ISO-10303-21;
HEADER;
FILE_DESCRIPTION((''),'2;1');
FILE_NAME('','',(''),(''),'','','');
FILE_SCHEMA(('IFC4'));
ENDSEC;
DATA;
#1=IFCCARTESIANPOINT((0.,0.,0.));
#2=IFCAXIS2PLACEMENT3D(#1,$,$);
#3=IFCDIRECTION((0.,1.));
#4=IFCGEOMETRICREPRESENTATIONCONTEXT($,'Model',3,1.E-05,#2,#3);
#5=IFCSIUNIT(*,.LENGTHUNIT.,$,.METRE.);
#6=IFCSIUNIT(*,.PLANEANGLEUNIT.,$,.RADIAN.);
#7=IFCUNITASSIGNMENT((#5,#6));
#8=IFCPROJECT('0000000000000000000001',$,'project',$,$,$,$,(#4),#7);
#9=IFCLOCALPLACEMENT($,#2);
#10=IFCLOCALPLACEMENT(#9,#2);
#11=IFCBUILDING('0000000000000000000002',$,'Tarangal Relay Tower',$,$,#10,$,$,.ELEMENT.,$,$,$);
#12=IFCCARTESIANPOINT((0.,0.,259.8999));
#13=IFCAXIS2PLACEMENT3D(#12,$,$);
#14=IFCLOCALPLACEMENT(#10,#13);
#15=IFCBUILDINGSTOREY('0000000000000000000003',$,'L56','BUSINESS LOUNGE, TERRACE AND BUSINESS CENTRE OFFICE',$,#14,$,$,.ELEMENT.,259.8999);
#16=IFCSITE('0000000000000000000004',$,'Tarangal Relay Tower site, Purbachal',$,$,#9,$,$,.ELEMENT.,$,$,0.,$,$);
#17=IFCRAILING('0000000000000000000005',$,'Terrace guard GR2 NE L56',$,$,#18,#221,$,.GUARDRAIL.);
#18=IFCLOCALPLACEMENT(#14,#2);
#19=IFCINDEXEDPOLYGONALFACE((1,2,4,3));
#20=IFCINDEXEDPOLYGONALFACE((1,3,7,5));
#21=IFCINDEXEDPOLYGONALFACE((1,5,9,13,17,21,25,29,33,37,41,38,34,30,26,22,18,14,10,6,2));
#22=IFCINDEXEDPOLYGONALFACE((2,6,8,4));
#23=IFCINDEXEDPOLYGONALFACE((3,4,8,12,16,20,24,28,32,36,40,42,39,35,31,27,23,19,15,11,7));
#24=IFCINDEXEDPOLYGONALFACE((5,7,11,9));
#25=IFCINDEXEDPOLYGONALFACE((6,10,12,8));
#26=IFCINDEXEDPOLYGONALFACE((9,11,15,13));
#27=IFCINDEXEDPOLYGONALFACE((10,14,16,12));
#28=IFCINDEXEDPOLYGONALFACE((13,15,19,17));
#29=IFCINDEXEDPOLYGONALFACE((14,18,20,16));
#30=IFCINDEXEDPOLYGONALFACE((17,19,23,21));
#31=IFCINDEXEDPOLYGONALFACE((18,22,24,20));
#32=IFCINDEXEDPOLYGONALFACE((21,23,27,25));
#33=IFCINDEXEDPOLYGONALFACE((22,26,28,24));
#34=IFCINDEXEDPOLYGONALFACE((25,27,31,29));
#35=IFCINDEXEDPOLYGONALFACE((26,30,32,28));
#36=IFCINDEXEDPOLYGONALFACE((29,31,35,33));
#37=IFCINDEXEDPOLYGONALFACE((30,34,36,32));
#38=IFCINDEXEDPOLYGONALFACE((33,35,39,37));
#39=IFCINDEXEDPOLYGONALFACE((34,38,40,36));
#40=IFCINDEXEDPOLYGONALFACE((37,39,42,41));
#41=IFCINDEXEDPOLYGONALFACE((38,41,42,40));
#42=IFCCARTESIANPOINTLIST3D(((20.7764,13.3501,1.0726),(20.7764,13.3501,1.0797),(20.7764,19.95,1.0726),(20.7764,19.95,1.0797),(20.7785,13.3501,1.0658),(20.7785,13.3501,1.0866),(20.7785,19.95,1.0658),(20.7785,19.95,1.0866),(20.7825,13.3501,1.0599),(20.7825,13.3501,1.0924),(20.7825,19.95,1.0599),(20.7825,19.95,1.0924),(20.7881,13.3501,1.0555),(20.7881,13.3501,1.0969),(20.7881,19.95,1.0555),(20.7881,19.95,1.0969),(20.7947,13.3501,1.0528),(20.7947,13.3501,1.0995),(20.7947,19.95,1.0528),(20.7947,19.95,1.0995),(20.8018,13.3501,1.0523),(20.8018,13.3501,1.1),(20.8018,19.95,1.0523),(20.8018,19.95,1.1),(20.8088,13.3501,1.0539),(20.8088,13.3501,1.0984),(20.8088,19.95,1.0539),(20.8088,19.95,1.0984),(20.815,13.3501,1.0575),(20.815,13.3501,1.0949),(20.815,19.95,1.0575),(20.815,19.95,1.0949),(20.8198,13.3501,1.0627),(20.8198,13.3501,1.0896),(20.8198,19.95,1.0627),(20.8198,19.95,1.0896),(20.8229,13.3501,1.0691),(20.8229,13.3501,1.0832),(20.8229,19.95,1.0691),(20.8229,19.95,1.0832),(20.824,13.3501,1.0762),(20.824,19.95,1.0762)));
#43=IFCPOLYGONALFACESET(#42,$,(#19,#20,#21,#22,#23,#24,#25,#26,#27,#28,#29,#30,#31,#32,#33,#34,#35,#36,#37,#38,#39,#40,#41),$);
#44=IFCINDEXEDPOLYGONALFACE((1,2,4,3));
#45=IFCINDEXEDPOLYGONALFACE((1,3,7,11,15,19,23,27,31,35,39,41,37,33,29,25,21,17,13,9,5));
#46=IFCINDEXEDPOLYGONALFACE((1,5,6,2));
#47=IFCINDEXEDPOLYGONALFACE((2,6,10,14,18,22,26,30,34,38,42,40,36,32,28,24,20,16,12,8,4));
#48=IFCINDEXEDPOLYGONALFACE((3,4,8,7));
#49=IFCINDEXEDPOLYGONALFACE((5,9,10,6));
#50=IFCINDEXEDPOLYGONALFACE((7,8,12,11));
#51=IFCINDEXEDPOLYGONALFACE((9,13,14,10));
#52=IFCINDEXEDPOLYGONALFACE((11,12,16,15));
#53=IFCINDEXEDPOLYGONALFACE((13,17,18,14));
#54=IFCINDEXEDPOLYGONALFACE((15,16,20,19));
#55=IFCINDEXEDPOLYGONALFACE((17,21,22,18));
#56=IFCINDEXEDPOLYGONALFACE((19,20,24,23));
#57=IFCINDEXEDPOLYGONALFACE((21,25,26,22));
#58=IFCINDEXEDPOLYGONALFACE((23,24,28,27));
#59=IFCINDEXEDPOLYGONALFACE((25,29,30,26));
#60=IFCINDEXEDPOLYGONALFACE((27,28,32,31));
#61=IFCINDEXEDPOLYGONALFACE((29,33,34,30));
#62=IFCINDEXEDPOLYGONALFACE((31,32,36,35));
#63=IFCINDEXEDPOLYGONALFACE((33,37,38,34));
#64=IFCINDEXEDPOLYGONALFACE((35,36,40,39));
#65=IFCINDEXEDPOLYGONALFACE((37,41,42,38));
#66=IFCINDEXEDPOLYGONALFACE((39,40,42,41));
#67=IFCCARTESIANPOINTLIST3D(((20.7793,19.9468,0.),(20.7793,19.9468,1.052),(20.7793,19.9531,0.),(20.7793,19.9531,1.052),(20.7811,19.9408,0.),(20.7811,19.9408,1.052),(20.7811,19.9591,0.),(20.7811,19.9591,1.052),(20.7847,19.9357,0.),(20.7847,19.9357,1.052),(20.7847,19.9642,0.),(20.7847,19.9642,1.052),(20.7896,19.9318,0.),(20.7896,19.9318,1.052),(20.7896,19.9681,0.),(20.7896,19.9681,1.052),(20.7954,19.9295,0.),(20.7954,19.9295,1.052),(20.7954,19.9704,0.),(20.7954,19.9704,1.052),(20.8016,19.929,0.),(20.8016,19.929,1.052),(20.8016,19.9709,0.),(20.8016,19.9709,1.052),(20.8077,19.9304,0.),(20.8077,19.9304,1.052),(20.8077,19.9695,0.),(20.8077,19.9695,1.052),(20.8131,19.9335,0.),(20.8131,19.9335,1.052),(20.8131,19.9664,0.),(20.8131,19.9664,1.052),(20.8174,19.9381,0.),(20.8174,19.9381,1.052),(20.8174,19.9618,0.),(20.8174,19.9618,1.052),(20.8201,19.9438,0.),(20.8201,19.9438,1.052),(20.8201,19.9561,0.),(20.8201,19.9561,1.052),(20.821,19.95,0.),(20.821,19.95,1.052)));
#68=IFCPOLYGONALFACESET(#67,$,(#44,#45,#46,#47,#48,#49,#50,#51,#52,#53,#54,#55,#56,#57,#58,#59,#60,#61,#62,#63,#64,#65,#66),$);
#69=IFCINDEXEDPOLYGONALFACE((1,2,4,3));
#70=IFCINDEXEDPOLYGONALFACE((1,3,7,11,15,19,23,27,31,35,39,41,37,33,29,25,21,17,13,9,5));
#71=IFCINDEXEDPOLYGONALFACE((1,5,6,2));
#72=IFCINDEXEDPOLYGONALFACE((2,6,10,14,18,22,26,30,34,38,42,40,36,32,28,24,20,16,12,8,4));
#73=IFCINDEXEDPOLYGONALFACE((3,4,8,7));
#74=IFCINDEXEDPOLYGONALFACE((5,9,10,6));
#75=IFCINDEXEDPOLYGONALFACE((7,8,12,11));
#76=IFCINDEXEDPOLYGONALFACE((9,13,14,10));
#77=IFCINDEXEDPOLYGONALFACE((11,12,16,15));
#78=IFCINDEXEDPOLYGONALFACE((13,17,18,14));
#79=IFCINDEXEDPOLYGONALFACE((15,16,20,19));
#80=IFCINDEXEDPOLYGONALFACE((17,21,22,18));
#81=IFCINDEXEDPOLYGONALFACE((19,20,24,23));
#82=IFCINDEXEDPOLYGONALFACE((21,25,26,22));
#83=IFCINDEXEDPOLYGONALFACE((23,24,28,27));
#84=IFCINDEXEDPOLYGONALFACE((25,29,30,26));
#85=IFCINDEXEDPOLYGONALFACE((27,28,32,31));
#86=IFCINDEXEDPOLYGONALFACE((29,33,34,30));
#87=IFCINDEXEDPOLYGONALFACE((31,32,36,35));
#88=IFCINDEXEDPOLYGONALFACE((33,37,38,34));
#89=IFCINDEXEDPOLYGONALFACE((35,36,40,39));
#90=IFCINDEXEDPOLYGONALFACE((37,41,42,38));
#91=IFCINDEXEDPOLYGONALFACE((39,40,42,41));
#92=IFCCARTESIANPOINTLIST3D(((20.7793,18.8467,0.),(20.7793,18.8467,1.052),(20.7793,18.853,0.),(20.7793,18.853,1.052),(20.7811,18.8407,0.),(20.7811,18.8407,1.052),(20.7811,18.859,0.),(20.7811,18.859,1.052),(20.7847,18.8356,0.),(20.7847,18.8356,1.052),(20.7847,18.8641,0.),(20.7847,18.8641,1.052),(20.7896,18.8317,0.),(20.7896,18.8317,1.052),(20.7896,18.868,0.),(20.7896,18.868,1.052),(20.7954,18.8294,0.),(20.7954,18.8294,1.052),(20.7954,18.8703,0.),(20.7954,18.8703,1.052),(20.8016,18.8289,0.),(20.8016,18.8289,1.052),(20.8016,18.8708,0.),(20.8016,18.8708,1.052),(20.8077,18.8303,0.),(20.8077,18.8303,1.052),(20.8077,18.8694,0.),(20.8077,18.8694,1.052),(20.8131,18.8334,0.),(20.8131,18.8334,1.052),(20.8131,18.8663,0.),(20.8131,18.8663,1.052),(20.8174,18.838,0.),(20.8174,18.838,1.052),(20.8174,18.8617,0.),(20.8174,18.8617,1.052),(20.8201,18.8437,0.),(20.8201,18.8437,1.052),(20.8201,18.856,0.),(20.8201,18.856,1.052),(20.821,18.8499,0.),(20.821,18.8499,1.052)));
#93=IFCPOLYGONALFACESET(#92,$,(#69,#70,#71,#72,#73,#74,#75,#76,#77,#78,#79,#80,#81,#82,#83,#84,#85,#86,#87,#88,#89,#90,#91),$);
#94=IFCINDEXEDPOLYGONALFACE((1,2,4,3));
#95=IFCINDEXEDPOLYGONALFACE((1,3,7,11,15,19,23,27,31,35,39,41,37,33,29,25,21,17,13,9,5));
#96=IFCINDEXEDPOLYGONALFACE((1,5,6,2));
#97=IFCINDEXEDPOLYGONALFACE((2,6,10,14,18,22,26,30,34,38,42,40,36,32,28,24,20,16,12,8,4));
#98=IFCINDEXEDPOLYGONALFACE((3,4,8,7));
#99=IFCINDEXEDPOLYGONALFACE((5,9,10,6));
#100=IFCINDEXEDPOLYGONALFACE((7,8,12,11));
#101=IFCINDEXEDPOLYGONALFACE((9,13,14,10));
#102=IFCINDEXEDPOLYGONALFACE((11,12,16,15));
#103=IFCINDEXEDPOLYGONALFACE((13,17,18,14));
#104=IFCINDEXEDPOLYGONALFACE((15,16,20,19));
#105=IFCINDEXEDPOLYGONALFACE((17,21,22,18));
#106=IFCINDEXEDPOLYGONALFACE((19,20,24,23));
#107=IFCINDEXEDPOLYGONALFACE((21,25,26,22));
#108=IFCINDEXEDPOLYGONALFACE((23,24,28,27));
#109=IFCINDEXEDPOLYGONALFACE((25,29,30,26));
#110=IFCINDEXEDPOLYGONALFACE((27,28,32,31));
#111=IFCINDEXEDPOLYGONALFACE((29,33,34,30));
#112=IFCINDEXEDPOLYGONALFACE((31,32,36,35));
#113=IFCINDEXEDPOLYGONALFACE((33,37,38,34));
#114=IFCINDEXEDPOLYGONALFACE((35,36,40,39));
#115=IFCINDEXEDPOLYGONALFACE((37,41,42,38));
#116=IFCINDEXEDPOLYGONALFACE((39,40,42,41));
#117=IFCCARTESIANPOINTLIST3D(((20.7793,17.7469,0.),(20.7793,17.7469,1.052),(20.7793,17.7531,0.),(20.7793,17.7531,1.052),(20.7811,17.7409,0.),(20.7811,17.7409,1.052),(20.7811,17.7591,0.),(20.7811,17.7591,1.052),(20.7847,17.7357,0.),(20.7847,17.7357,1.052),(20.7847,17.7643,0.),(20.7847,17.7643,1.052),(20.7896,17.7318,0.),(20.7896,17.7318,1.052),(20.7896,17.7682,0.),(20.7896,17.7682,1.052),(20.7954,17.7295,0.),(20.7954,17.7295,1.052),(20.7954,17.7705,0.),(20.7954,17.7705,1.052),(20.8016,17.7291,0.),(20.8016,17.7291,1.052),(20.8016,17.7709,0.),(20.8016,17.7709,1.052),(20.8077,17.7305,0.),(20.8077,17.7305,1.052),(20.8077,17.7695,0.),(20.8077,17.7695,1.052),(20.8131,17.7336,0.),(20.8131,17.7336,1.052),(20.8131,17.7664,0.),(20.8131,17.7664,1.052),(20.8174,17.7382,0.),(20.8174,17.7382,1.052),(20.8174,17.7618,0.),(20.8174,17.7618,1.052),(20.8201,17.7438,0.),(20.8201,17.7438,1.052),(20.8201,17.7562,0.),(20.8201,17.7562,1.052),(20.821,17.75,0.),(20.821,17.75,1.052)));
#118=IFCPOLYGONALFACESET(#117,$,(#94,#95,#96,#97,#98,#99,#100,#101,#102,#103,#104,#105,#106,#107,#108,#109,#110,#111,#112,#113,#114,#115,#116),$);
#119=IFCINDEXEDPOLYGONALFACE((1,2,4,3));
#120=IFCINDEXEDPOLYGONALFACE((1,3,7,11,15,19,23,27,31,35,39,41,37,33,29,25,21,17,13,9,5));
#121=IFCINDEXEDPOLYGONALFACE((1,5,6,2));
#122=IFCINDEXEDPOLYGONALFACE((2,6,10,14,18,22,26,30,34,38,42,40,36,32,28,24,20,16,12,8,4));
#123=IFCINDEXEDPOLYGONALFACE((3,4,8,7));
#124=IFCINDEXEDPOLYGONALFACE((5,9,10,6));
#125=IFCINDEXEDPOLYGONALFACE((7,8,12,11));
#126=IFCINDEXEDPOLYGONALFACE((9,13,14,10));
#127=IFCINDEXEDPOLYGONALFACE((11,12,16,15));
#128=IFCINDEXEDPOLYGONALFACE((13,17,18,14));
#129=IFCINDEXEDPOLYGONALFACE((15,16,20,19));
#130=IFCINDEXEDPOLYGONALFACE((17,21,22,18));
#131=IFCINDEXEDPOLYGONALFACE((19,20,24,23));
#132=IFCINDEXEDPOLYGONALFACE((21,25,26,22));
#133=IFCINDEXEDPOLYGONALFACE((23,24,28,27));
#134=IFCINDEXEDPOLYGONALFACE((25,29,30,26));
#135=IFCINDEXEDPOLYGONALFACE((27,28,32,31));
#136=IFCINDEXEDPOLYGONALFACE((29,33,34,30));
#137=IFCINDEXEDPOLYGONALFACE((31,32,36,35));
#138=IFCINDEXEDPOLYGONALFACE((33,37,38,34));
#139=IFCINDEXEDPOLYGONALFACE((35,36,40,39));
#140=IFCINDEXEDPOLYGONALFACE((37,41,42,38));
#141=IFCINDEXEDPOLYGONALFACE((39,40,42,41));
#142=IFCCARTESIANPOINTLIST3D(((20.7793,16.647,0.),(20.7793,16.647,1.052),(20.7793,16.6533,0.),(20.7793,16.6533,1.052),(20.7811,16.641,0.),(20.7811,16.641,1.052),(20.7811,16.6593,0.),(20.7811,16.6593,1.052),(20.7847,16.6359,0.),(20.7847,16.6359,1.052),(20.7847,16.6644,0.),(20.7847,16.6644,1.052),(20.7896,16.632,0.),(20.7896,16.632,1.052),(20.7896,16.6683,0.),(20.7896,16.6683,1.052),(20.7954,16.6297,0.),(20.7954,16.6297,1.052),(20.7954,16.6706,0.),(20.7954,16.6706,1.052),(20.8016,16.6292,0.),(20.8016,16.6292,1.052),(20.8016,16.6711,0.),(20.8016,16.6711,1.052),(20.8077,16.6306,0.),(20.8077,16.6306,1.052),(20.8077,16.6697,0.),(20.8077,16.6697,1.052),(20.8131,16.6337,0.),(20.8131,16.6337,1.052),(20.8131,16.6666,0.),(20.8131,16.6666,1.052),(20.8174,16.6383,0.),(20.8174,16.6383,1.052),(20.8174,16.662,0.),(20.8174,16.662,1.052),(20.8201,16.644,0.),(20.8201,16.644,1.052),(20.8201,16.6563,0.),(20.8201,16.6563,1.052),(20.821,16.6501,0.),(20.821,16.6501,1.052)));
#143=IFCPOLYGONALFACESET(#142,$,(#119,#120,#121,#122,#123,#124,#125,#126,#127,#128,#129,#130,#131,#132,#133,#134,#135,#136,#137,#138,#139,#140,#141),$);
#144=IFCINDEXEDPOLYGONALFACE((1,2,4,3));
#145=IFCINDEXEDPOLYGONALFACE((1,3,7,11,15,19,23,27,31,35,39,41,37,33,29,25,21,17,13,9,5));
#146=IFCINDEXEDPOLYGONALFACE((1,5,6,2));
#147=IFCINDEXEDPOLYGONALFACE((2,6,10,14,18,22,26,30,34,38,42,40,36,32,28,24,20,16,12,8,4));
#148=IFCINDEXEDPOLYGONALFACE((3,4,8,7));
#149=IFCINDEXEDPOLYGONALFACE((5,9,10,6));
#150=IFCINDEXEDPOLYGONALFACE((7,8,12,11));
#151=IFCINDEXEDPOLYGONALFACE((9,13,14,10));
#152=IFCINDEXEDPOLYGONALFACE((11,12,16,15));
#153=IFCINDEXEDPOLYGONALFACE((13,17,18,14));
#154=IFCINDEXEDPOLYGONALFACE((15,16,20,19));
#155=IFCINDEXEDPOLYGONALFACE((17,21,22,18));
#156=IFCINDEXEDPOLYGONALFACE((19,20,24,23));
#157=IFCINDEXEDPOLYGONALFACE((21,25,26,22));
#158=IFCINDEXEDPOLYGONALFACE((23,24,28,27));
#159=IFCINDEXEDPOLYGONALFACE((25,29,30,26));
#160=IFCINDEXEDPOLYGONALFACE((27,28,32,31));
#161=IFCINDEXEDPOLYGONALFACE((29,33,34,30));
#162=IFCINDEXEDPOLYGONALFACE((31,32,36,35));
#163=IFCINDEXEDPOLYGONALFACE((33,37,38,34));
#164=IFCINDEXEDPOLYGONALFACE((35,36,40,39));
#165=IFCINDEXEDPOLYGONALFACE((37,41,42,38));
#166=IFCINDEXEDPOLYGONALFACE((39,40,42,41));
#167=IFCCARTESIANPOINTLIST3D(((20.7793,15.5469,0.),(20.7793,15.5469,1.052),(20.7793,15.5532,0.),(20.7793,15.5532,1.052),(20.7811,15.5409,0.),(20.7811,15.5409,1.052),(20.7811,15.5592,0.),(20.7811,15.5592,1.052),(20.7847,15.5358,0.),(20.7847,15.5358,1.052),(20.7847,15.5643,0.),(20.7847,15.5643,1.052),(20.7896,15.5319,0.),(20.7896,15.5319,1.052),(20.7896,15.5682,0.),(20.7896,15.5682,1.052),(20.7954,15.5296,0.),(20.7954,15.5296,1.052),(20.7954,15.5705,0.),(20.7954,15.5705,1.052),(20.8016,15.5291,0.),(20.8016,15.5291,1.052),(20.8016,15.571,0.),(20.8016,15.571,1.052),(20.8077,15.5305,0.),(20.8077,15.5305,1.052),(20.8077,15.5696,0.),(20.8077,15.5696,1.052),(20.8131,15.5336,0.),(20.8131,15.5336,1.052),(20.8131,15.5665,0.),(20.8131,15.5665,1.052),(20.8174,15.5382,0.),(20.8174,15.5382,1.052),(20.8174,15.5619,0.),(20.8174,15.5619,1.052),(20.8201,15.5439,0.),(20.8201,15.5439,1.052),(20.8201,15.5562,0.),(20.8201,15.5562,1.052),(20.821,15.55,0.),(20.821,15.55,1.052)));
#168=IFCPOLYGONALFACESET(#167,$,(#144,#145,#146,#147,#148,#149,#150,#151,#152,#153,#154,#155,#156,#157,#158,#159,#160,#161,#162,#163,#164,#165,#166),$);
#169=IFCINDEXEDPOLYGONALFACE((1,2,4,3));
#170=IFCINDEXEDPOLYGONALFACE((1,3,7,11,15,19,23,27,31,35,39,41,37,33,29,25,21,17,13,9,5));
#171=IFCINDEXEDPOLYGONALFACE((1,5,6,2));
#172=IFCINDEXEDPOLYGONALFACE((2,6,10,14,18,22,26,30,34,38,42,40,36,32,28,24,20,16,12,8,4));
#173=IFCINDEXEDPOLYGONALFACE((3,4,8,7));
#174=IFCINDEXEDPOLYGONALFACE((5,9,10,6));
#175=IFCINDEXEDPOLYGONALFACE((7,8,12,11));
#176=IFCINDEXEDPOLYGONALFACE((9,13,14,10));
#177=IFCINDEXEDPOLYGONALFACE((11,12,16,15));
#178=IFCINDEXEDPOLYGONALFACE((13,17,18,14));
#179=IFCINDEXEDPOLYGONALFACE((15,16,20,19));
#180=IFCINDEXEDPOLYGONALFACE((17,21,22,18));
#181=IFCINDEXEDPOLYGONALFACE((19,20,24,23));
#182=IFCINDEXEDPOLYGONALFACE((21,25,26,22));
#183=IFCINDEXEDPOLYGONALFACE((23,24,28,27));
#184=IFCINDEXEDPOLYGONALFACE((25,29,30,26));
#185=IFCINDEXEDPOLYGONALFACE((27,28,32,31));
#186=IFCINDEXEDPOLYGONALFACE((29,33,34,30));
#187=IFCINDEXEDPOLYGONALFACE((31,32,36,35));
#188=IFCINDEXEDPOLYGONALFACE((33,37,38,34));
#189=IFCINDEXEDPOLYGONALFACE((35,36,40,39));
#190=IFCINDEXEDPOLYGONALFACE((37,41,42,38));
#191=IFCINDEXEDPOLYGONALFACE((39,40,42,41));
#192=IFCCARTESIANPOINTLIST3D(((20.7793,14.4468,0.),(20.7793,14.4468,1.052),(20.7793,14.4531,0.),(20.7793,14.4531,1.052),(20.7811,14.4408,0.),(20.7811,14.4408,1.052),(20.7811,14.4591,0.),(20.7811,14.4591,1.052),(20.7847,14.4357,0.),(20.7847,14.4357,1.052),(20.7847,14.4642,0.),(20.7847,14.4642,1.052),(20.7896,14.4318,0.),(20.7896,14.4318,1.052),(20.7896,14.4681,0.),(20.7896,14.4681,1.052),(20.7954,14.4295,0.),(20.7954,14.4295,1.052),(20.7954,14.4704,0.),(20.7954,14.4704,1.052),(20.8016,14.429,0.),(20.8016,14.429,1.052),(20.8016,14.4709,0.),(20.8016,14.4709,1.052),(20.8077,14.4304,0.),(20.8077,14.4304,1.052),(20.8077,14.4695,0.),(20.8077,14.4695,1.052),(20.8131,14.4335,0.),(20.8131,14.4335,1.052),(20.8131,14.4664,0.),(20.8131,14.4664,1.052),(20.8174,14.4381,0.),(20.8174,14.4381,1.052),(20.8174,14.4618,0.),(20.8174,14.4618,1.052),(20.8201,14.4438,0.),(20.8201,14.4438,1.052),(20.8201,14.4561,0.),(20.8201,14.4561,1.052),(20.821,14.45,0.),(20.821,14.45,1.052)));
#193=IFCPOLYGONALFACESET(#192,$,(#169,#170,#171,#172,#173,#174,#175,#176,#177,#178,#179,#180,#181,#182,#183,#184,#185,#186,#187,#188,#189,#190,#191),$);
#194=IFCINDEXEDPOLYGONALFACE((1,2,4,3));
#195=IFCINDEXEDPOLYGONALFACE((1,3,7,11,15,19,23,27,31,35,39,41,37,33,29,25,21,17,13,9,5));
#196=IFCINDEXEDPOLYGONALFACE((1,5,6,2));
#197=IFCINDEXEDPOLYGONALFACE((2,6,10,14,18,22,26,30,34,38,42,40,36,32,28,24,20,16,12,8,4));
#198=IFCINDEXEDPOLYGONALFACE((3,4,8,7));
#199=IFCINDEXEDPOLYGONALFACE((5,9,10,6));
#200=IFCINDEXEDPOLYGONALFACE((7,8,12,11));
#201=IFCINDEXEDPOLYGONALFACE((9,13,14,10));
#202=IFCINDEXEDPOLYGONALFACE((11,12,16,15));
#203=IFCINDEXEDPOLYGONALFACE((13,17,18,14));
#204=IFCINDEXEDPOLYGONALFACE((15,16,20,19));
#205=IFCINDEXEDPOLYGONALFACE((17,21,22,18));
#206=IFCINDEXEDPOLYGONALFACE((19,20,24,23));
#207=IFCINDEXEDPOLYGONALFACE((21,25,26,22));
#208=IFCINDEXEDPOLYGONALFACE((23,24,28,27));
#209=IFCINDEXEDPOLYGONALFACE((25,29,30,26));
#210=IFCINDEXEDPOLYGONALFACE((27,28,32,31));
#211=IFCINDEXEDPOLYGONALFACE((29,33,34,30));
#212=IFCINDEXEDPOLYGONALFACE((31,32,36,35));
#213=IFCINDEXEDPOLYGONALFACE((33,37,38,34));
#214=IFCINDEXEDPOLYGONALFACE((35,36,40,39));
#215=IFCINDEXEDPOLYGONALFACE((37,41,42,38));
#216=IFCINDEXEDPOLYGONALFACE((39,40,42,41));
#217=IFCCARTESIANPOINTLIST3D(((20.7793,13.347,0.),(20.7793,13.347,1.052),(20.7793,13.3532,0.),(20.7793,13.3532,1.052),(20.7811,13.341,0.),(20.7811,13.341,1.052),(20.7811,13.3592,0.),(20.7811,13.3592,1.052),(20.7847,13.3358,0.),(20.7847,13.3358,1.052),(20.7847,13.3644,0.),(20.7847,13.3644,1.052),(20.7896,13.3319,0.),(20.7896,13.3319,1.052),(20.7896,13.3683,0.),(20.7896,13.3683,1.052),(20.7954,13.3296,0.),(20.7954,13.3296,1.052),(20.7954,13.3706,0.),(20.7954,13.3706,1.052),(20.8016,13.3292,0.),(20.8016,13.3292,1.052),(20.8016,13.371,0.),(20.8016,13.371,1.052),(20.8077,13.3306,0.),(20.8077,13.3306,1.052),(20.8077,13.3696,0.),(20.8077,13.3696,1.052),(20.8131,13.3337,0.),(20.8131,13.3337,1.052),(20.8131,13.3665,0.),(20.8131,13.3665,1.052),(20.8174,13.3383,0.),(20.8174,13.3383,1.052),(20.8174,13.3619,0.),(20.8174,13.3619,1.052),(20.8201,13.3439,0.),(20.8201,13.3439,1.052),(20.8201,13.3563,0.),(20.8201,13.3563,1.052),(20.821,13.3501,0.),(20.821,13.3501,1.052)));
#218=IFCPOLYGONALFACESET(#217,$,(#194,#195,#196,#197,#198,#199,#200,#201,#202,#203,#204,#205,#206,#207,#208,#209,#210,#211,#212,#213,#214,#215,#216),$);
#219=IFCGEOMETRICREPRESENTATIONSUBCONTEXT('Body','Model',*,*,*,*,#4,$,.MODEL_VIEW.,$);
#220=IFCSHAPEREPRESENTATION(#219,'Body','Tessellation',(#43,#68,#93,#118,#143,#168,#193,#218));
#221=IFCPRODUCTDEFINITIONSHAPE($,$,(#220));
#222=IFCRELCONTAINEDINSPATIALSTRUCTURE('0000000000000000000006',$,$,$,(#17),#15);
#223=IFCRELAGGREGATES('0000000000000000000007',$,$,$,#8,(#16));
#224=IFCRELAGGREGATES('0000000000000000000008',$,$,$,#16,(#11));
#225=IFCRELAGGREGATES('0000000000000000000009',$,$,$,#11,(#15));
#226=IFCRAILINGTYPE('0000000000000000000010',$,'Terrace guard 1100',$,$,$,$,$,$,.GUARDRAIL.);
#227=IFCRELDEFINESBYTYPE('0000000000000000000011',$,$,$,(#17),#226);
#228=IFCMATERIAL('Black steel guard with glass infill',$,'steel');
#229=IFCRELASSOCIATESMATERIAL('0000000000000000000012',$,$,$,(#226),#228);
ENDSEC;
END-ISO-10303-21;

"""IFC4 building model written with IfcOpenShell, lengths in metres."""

from ifc_helpers import new_model, si_unit, direction, frame, origin, origin_2d, place, context, subcontext, project, spatial, circle, extrude, material, type_object, element, save


model = new_model("IFC4")

# Units and contexts
model_context = context("Model", 3, precision=1e-05, world=origin(), true_north=direction((0.0, 1.0)))
body_context = subcontext(model_context, "Body", "Model", "MODEL_VIEW")
ifc_project = project(units=[si_unit("LENGTHUNIT", "METRE"), si_unit("PLANEANGLEUNIT", "RADIAN")], contexts=[model_context])

# Site, building, storey
site_placement = place(None, origin())
site = spatial("IfcSite", under=ifc_project, at=site_placement, Name="Tarangal Relay Tower site, Purbachal", CompositionType="ELEMENT", RefElevation=0.0)
building_placement = place(site_placement, origin())
building = spatial("IfcBuilding", under=site, at=building_placement, Name="Tarangal Relay Tower", CompositionType="ELEMENT")
storey_placement = place(building_placement, frame((0.0, 0.0, 259.8999)))
storey = spatial("IfcBuildingStorey", under=building, at=storey_placement, Name="L56", Description="BUSINESS LOUNGE, TERRACE AND BUSINESS CENTRE OFFICE", CompositionType="ELEMENT", Elevation=259.8999)

# Railing
ifc_material_1 = material(Name="Black steel guard with glass infill", Category="steel")
railing_type = type_object("IfcRailingType", Name="Terrace guard 1100", PredefinedType="GUARDRAIL", material=ifc_material_1)
railing_1_placement = place(storey_placement, frame((20.8, 19.95, 0.0)))
element("IfcRailing", 1, at=railing_1_placement, inside=storey, type_object=railing_type, Name="Terrace guard GR2 NE L56", PredefinedType="GUARDRAIL", context=body_context, shape_type="SweptSolid", body=[
    extrude(circle(Radius=0.0239, at=origin_2d()), frame((0.0, 0.0, 1.0762), z_axis=(0.0, -1.0, 0.0), x_axis=(1.0, 0.0, 0.0)), (0.0, 0.0, 1.0), 6.5999),
    extrude(circle(Radius=0.021, at=origin_2d()), origin(), (0.0, 0.0, 1.0), 1.052),
    extrude(circle(Radius=0.021, at=origin_2d()), frame((0.0, -1.1001, 0.0)), (0.0, 0.0, 1.0), 1.052),
    extrude(circle(Radius=0.021, at=origin_2d()), frame((0.0, -2.2, 0.0)), (0.0, 0.0, 1.0), 1.052),
    extrude(circle(Radius=0.021, at=origin_2d()), frame((0.0, -3.2998, 0.0)), (0.0, 0.0, 1.0), 1.052),
    extrude(circle(Radius=0.021, at=origin_2d()), frame((0.0, -4.3999, 0.0)), (0.0, 0.0, 1.0), 1.052),
    extrude(circle(Radius=0.021, at=origin_2d()), frame((0.0, -5.5, 0.0)), (0.0, 0.0, 1.0), 1.052),
    extrude(circle(Radius=0.021, at=origin_2d()), frame((0.0, -6.5999, 0.0)), (0.0, 0.0, 1.0), 1.052),
])

save(model, "model.ifc")
